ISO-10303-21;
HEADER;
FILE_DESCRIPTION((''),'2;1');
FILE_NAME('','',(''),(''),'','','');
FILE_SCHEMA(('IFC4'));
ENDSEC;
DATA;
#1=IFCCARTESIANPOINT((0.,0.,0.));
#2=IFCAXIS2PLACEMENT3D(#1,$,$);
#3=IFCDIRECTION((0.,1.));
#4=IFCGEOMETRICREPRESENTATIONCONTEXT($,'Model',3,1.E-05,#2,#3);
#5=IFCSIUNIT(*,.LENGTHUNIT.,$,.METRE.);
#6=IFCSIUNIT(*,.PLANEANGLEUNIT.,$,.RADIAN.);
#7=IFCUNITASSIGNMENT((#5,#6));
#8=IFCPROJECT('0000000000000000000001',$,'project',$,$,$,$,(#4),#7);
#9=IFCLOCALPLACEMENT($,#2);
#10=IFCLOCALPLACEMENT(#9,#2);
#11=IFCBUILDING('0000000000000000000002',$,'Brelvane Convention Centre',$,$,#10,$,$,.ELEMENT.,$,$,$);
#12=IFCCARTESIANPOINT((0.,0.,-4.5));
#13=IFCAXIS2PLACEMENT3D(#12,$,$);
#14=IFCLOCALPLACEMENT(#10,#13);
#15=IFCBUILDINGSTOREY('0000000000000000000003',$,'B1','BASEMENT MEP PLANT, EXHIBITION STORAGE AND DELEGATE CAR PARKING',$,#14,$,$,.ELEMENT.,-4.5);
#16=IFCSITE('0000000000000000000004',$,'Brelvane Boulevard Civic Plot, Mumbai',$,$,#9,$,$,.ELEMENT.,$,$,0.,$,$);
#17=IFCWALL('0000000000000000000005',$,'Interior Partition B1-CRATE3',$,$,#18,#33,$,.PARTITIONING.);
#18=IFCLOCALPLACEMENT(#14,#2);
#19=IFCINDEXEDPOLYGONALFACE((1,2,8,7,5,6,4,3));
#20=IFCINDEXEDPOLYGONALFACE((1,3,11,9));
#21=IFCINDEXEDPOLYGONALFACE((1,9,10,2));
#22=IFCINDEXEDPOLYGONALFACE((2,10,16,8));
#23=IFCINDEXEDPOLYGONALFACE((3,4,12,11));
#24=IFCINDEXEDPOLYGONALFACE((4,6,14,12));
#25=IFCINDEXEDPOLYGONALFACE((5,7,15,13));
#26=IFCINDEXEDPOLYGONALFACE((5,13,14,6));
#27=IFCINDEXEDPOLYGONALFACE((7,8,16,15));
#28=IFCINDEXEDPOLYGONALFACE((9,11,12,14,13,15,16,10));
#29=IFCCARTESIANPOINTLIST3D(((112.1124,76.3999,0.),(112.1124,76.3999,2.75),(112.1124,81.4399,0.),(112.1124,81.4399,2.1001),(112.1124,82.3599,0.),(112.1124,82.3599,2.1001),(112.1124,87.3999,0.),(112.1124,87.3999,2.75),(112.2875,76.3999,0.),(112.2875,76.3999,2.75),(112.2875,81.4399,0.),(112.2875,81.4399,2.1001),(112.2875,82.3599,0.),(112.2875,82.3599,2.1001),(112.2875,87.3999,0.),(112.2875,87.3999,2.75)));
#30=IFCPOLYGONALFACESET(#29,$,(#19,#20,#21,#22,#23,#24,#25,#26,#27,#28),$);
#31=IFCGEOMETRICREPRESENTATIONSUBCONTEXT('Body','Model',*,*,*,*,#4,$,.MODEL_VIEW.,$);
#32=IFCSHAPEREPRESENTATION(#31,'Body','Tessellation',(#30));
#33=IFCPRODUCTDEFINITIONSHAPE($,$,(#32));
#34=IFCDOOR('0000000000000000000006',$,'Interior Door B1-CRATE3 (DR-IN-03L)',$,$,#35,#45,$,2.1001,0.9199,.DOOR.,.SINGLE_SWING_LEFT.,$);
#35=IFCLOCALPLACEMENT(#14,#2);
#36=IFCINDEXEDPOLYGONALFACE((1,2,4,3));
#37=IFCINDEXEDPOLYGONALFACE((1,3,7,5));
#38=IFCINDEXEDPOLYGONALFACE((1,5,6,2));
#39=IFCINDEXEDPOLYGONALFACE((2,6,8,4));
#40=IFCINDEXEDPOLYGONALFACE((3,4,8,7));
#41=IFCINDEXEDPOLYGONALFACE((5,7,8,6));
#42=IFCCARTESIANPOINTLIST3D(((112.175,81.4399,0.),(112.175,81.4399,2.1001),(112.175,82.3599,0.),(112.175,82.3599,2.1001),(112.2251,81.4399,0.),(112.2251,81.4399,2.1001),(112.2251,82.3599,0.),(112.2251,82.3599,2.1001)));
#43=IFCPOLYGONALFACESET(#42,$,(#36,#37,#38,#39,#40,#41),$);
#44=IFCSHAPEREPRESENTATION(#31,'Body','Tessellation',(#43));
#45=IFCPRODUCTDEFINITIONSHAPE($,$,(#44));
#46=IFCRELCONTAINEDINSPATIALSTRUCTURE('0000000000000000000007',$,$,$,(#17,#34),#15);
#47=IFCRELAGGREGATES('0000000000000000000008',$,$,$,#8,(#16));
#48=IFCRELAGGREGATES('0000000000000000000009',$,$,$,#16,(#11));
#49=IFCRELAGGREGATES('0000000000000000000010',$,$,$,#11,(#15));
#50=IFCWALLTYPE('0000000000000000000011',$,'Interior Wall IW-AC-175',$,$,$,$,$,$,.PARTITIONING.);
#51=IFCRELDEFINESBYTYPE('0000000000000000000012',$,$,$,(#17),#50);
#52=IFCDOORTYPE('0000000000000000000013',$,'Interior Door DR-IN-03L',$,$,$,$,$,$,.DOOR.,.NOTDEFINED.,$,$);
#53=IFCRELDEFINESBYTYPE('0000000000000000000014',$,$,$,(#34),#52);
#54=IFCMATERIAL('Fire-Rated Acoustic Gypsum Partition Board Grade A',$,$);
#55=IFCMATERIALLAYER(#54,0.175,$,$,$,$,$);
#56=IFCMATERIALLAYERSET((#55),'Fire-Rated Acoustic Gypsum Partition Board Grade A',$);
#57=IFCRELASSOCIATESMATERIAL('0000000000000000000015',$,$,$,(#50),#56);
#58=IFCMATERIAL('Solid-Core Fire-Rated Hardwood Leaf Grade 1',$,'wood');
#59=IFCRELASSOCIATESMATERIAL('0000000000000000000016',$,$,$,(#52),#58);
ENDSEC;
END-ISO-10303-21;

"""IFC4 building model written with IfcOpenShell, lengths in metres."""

from ifc_helpers import new_model, si_unit, direction, frame, frame_2d, origin, place, context, subcontext, project, spatial, rectangle, extrude, material, layer, layer_set, type_object, element, fill, save


model = new_model("IFC4")

# Units and contexts
model_context = context("Model", 3, precision=1e-05, world=origin(), true_north=direction((0.0, 1.0)))
body_context = subcontext(model_context, "Body", "Model", "MODEL_VIEW")
ifc_project = project(units=[si_unit("LENGTHUNIT", "METRE"), si_unit("PLANEANGLEUNIT", "RADIAN")], contexts=[model_context])

# Site, building, storey
site_placement = place(None, origin())
site = spatial("IfcSite", under=ifc_project, at=site_placement, Name="Brelvane Boulevard Civic Plot, Mumbai", CompositionType="ELEMENT", RefElevation=0.0)
building_placement = place(site_placement, origin())
building = spatial("IfcBuilding", under=site, at=building_placement, Name="Brelvane Convention Centre", CompositionType="ELEMENT")
storey_placement = place(building_placement, frame((0.0, 0.0, -4.5)))
storey = spatial("IfcBuildingStorey", under=building, at=storey_placement, Name="B1", Description="BASEMENT MEP PLANT, EXHIBITION STORAGE AND DELEGATE CAR PARKING", CompositionType="ELEMENT", Elevation=-4.5)

# Wall, opening, door
ifc_material_1 = material(Name="Fire-Rated Acoustic Gypsum Partition Board Grade A")
ifc_layer_1 = layer(ifc_material_1, 0.175)
ifc_layer_set_1 = layer_set([ifc_layer_1], Name="Fire-Rated Acoustic Gypsum Partition Board Grade A")
wall_type_1 = type_object("IfcWallType", Name="Interior Wall IW-AC-175", PredefinedType="PARTITIONING", material=ifc_layer_set_1)
wall_1_placement = place(storey_placement, frame((112.2, 76.3999, 0.0), z_axis=(0.0, 0.0, 1.0), x_axis=(0.0, 1.0, 0.0)))
wall_1 = element("IfcWall", 1, at=wall_1_placement, inside=storey, type_object=wall_type_1, Name="Interior Partition B1-CRATE3", PredefinedType="PARTITIONING", context=body_context, shape_type="SweptSolid", body=[
    extrude(rectangle(XDim=11.0, YDim=0.175, at=frame_2d((5.5, 0.0))), origin(), (0.0, 0.0, 1.0), 2.75),
])
opening_1_placement = place(wall_1_placement, frame((5.04, 0.0, 0.0)))
opening_1 = element("IfcOpeningElement", 2, at=opening_1_placement, cuts=wall_1, PredefinedType="OPENING", context=body_context, shape_type="SweptSolid", body=[
    extrude(rectangle(XDim=0.9199, YDim=2.1001, at=frame_2d((0.46, 1.05))), frame((0.0, 0.0974, 0.0), z_axis=(0.0, -1.0, 0.0), x_axis=(1.0, 0.0, 0.0)), (0.0, 0.0, 1.0), 0.1951),
])
ifc_material_2 = material(Name="Solid-Core Fire-Rated Hardwood Leaf Grade 1", Category="wood")
door_type_1 = type_object("IfcDoorType", Name="Interior Door DR-IN-03L", OperationType="NOTDEFINED", PredefinedType="DOOR", material=ifc_material_2)
door_1_placement = place(opening_1_placement, origin())
door_1 = element("IfcDoor", 3, at=door_1_placement, inside=storey, type_object=door_type_1, Name="Interior Door B1-CRATE3 (DR-IN-03L)", OperationType="SINGLE_SWING_LEFT", OverallHeight=2.1001, OverallWidth=0.9199, PredefinedType="DOOR", context=body_context, shape_type="SweptSolid", body=[
    extrude(rectangle(XDim=0.9199, YDim=2.1001, at=frame_2d((0.46, 1.05))), frame((0.0, 0.0249, 0.0), z_axis=(0.0, -1.0, 0.0), x_axis=(1.0, 0.0, 0.0)), (0.0, 0.0, 1.0), 0.05),
])
fill(opening_1, door_1)

save(model, "model.ifc")
